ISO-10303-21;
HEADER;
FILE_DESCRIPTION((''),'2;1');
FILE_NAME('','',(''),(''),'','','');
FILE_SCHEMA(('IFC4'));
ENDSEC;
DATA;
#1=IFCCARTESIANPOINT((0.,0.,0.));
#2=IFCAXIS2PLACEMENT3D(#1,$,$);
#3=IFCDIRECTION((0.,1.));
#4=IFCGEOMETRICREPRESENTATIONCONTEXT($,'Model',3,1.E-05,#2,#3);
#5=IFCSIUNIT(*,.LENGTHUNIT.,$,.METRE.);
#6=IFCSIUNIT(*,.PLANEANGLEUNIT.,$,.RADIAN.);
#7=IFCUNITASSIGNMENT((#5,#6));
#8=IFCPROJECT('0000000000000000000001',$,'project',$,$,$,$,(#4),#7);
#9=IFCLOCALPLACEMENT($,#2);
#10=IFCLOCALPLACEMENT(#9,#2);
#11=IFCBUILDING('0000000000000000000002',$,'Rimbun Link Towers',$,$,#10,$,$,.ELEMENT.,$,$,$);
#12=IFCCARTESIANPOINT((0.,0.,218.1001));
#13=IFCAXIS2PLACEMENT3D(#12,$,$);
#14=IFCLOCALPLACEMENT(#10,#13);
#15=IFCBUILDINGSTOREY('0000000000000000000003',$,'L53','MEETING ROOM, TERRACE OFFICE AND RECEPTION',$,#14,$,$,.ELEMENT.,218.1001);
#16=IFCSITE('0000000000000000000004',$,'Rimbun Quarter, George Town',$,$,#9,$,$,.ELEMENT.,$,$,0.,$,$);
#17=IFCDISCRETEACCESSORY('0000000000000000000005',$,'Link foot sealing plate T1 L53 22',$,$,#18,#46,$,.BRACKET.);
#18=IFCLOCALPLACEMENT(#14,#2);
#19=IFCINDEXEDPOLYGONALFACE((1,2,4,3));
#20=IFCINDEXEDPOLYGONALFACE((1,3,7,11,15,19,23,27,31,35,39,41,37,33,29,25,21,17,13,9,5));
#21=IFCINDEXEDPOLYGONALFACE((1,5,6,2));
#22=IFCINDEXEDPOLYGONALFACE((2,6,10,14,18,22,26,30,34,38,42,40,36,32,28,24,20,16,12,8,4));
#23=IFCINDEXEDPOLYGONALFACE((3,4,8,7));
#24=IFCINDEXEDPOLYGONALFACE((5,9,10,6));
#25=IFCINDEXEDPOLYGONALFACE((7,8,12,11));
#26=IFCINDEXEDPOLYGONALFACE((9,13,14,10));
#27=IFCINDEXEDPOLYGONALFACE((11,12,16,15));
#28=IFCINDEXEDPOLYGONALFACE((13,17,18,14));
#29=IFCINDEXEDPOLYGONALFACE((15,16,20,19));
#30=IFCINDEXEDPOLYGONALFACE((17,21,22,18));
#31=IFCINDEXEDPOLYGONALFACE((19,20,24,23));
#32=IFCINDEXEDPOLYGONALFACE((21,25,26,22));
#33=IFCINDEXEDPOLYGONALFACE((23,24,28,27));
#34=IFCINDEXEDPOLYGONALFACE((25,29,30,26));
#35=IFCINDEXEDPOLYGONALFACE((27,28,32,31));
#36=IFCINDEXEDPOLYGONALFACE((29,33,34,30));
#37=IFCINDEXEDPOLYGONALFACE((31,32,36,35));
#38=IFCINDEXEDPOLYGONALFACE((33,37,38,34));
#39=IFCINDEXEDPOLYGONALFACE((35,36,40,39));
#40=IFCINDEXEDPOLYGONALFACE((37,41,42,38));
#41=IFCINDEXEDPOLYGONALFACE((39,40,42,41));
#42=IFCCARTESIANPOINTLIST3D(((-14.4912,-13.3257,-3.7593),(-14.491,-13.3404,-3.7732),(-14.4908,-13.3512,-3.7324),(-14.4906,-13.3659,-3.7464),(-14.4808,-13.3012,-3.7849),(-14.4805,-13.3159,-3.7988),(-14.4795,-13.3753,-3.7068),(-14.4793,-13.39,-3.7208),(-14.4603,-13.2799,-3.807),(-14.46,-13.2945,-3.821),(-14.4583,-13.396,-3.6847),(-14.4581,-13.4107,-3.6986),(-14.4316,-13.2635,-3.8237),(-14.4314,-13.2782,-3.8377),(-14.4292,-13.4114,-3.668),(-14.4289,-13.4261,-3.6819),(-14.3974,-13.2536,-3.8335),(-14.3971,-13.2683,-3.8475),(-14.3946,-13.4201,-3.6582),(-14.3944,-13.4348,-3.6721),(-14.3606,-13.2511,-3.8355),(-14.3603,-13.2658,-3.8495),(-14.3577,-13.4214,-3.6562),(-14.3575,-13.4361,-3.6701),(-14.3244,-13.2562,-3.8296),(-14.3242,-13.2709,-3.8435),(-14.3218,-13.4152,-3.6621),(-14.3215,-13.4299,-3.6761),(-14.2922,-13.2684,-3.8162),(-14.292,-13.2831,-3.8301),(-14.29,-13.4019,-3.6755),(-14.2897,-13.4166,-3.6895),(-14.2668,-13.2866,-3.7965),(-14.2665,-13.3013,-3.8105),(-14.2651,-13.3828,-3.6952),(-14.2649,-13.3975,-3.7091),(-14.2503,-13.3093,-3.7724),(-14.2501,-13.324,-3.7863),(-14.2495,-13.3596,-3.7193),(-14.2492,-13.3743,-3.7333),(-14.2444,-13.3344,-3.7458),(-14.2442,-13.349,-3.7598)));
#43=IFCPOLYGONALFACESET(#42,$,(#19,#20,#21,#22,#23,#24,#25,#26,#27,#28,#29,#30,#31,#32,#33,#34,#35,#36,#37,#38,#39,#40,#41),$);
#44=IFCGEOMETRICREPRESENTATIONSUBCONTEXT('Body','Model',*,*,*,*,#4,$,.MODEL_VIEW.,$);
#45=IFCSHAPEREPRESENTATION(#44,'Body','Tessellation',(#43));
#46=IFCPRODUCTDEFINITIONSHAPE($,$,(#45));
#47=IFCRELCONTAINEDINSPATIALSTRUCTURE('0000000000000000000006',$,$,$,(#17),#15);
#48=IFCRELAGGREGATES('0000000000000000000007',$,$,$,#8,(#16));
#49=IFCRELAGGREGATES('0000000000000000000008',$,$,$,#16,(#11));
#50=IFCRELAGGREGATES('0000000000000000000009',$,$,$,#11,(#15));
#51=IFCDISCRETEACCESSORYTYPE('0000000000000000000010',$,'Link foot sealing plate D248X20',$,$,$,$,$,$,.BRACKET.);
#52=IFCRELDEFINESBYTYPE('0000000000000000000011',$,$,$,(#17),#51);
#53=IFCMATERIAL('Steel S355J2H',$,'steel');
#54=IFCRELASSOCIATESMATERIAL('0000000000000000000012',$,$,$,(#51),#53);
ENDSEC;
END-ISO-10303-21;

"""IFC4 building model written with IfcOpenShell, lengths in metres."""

from ifc_helpers import new_model, si_unit, direction, frame, origin, origin_2d, place, context, subcontext, project, spatial, circle, extrude, material, material_profile, profile_set, type_object, element, save


model = new_model("IFC4")

# Units and contexts
model_context = context("Model", 3, precision=1e-05, world=origin(), true_north=direction((0.0, 1.0)))
body_context = subcontext(model_context, "Body", "Model", "MODEL_VIEW")
ifc_project = project(units=[si_unit("LENGTHUNIT", "METRE"), si_unit("PLANEANGLEUNIT", "RADIAN")], contexts=[model_context])

# Site, building, storey
site_placement = place(None, origin())
site = spatial("IfcSite", under=ifc_project, at=site_placement, Name="Rimbun Quarter, George Town", CompositionType="ELEMENT", RefElevation=0.0)
building_placement = place(site_placement, origin())
building = spatial("IfcBuilding", under=site, at=building_placement, Name="Rimbun Link Towers", CompositionType="ELEMENT")
storey_placement = place(building_placement, frame((0.0, 0.0, 218.1001)))
storey = spatial("IfcBuildingStorey", under=building, at=storey_placement, Name="L53", Description="MEETING ROOM, TERRACE OFFICE AND RECEPTION", CompositionType="ELEMENT", Elevation=218.1001)

# Discrete accessory
ifc_material_1 = material(Name="Steel S355J2H", Category="steel")
ifc_material_profile_1 = material_profile(ifc_material_1, circle(Radius=0.124, at=origin_2d()), Name="PL D248")
ifc_profile_set_1 = profile_set([ifc_material_profile_1], Name="Steel S355J2H")
discrete_accessory_type = type_object("IfcDiscreteAccessoryType", Name="Link foot sealing plate D248X20", PredefinedType="BRACKET", material=ifc_profile_set_1)
discrete_accessory_1_placement = place(storey_placement, frame((-14.3684, -13.3364, -3.7458), z_axis=(0.012082, -0.724947, -0.688699), x_axis=(0.999861, 0.016664, 0.0)))
element("IfcDiscreteAccessory", 1, at=discrete_accessory_1_placement, inside=storey, type_object=discrete_accessory_type, Name="Link foot sealing plate T1 L53 22", PredefinedType="BRACKET", context=body_context, shape_type="SweptSolid", body=[
    extrude(circle(Radius=0.124, at=origin_2d()), origin(), (0.0, 0.0, 1.0), 0.0203),
])

save(model, "model.ifc")
